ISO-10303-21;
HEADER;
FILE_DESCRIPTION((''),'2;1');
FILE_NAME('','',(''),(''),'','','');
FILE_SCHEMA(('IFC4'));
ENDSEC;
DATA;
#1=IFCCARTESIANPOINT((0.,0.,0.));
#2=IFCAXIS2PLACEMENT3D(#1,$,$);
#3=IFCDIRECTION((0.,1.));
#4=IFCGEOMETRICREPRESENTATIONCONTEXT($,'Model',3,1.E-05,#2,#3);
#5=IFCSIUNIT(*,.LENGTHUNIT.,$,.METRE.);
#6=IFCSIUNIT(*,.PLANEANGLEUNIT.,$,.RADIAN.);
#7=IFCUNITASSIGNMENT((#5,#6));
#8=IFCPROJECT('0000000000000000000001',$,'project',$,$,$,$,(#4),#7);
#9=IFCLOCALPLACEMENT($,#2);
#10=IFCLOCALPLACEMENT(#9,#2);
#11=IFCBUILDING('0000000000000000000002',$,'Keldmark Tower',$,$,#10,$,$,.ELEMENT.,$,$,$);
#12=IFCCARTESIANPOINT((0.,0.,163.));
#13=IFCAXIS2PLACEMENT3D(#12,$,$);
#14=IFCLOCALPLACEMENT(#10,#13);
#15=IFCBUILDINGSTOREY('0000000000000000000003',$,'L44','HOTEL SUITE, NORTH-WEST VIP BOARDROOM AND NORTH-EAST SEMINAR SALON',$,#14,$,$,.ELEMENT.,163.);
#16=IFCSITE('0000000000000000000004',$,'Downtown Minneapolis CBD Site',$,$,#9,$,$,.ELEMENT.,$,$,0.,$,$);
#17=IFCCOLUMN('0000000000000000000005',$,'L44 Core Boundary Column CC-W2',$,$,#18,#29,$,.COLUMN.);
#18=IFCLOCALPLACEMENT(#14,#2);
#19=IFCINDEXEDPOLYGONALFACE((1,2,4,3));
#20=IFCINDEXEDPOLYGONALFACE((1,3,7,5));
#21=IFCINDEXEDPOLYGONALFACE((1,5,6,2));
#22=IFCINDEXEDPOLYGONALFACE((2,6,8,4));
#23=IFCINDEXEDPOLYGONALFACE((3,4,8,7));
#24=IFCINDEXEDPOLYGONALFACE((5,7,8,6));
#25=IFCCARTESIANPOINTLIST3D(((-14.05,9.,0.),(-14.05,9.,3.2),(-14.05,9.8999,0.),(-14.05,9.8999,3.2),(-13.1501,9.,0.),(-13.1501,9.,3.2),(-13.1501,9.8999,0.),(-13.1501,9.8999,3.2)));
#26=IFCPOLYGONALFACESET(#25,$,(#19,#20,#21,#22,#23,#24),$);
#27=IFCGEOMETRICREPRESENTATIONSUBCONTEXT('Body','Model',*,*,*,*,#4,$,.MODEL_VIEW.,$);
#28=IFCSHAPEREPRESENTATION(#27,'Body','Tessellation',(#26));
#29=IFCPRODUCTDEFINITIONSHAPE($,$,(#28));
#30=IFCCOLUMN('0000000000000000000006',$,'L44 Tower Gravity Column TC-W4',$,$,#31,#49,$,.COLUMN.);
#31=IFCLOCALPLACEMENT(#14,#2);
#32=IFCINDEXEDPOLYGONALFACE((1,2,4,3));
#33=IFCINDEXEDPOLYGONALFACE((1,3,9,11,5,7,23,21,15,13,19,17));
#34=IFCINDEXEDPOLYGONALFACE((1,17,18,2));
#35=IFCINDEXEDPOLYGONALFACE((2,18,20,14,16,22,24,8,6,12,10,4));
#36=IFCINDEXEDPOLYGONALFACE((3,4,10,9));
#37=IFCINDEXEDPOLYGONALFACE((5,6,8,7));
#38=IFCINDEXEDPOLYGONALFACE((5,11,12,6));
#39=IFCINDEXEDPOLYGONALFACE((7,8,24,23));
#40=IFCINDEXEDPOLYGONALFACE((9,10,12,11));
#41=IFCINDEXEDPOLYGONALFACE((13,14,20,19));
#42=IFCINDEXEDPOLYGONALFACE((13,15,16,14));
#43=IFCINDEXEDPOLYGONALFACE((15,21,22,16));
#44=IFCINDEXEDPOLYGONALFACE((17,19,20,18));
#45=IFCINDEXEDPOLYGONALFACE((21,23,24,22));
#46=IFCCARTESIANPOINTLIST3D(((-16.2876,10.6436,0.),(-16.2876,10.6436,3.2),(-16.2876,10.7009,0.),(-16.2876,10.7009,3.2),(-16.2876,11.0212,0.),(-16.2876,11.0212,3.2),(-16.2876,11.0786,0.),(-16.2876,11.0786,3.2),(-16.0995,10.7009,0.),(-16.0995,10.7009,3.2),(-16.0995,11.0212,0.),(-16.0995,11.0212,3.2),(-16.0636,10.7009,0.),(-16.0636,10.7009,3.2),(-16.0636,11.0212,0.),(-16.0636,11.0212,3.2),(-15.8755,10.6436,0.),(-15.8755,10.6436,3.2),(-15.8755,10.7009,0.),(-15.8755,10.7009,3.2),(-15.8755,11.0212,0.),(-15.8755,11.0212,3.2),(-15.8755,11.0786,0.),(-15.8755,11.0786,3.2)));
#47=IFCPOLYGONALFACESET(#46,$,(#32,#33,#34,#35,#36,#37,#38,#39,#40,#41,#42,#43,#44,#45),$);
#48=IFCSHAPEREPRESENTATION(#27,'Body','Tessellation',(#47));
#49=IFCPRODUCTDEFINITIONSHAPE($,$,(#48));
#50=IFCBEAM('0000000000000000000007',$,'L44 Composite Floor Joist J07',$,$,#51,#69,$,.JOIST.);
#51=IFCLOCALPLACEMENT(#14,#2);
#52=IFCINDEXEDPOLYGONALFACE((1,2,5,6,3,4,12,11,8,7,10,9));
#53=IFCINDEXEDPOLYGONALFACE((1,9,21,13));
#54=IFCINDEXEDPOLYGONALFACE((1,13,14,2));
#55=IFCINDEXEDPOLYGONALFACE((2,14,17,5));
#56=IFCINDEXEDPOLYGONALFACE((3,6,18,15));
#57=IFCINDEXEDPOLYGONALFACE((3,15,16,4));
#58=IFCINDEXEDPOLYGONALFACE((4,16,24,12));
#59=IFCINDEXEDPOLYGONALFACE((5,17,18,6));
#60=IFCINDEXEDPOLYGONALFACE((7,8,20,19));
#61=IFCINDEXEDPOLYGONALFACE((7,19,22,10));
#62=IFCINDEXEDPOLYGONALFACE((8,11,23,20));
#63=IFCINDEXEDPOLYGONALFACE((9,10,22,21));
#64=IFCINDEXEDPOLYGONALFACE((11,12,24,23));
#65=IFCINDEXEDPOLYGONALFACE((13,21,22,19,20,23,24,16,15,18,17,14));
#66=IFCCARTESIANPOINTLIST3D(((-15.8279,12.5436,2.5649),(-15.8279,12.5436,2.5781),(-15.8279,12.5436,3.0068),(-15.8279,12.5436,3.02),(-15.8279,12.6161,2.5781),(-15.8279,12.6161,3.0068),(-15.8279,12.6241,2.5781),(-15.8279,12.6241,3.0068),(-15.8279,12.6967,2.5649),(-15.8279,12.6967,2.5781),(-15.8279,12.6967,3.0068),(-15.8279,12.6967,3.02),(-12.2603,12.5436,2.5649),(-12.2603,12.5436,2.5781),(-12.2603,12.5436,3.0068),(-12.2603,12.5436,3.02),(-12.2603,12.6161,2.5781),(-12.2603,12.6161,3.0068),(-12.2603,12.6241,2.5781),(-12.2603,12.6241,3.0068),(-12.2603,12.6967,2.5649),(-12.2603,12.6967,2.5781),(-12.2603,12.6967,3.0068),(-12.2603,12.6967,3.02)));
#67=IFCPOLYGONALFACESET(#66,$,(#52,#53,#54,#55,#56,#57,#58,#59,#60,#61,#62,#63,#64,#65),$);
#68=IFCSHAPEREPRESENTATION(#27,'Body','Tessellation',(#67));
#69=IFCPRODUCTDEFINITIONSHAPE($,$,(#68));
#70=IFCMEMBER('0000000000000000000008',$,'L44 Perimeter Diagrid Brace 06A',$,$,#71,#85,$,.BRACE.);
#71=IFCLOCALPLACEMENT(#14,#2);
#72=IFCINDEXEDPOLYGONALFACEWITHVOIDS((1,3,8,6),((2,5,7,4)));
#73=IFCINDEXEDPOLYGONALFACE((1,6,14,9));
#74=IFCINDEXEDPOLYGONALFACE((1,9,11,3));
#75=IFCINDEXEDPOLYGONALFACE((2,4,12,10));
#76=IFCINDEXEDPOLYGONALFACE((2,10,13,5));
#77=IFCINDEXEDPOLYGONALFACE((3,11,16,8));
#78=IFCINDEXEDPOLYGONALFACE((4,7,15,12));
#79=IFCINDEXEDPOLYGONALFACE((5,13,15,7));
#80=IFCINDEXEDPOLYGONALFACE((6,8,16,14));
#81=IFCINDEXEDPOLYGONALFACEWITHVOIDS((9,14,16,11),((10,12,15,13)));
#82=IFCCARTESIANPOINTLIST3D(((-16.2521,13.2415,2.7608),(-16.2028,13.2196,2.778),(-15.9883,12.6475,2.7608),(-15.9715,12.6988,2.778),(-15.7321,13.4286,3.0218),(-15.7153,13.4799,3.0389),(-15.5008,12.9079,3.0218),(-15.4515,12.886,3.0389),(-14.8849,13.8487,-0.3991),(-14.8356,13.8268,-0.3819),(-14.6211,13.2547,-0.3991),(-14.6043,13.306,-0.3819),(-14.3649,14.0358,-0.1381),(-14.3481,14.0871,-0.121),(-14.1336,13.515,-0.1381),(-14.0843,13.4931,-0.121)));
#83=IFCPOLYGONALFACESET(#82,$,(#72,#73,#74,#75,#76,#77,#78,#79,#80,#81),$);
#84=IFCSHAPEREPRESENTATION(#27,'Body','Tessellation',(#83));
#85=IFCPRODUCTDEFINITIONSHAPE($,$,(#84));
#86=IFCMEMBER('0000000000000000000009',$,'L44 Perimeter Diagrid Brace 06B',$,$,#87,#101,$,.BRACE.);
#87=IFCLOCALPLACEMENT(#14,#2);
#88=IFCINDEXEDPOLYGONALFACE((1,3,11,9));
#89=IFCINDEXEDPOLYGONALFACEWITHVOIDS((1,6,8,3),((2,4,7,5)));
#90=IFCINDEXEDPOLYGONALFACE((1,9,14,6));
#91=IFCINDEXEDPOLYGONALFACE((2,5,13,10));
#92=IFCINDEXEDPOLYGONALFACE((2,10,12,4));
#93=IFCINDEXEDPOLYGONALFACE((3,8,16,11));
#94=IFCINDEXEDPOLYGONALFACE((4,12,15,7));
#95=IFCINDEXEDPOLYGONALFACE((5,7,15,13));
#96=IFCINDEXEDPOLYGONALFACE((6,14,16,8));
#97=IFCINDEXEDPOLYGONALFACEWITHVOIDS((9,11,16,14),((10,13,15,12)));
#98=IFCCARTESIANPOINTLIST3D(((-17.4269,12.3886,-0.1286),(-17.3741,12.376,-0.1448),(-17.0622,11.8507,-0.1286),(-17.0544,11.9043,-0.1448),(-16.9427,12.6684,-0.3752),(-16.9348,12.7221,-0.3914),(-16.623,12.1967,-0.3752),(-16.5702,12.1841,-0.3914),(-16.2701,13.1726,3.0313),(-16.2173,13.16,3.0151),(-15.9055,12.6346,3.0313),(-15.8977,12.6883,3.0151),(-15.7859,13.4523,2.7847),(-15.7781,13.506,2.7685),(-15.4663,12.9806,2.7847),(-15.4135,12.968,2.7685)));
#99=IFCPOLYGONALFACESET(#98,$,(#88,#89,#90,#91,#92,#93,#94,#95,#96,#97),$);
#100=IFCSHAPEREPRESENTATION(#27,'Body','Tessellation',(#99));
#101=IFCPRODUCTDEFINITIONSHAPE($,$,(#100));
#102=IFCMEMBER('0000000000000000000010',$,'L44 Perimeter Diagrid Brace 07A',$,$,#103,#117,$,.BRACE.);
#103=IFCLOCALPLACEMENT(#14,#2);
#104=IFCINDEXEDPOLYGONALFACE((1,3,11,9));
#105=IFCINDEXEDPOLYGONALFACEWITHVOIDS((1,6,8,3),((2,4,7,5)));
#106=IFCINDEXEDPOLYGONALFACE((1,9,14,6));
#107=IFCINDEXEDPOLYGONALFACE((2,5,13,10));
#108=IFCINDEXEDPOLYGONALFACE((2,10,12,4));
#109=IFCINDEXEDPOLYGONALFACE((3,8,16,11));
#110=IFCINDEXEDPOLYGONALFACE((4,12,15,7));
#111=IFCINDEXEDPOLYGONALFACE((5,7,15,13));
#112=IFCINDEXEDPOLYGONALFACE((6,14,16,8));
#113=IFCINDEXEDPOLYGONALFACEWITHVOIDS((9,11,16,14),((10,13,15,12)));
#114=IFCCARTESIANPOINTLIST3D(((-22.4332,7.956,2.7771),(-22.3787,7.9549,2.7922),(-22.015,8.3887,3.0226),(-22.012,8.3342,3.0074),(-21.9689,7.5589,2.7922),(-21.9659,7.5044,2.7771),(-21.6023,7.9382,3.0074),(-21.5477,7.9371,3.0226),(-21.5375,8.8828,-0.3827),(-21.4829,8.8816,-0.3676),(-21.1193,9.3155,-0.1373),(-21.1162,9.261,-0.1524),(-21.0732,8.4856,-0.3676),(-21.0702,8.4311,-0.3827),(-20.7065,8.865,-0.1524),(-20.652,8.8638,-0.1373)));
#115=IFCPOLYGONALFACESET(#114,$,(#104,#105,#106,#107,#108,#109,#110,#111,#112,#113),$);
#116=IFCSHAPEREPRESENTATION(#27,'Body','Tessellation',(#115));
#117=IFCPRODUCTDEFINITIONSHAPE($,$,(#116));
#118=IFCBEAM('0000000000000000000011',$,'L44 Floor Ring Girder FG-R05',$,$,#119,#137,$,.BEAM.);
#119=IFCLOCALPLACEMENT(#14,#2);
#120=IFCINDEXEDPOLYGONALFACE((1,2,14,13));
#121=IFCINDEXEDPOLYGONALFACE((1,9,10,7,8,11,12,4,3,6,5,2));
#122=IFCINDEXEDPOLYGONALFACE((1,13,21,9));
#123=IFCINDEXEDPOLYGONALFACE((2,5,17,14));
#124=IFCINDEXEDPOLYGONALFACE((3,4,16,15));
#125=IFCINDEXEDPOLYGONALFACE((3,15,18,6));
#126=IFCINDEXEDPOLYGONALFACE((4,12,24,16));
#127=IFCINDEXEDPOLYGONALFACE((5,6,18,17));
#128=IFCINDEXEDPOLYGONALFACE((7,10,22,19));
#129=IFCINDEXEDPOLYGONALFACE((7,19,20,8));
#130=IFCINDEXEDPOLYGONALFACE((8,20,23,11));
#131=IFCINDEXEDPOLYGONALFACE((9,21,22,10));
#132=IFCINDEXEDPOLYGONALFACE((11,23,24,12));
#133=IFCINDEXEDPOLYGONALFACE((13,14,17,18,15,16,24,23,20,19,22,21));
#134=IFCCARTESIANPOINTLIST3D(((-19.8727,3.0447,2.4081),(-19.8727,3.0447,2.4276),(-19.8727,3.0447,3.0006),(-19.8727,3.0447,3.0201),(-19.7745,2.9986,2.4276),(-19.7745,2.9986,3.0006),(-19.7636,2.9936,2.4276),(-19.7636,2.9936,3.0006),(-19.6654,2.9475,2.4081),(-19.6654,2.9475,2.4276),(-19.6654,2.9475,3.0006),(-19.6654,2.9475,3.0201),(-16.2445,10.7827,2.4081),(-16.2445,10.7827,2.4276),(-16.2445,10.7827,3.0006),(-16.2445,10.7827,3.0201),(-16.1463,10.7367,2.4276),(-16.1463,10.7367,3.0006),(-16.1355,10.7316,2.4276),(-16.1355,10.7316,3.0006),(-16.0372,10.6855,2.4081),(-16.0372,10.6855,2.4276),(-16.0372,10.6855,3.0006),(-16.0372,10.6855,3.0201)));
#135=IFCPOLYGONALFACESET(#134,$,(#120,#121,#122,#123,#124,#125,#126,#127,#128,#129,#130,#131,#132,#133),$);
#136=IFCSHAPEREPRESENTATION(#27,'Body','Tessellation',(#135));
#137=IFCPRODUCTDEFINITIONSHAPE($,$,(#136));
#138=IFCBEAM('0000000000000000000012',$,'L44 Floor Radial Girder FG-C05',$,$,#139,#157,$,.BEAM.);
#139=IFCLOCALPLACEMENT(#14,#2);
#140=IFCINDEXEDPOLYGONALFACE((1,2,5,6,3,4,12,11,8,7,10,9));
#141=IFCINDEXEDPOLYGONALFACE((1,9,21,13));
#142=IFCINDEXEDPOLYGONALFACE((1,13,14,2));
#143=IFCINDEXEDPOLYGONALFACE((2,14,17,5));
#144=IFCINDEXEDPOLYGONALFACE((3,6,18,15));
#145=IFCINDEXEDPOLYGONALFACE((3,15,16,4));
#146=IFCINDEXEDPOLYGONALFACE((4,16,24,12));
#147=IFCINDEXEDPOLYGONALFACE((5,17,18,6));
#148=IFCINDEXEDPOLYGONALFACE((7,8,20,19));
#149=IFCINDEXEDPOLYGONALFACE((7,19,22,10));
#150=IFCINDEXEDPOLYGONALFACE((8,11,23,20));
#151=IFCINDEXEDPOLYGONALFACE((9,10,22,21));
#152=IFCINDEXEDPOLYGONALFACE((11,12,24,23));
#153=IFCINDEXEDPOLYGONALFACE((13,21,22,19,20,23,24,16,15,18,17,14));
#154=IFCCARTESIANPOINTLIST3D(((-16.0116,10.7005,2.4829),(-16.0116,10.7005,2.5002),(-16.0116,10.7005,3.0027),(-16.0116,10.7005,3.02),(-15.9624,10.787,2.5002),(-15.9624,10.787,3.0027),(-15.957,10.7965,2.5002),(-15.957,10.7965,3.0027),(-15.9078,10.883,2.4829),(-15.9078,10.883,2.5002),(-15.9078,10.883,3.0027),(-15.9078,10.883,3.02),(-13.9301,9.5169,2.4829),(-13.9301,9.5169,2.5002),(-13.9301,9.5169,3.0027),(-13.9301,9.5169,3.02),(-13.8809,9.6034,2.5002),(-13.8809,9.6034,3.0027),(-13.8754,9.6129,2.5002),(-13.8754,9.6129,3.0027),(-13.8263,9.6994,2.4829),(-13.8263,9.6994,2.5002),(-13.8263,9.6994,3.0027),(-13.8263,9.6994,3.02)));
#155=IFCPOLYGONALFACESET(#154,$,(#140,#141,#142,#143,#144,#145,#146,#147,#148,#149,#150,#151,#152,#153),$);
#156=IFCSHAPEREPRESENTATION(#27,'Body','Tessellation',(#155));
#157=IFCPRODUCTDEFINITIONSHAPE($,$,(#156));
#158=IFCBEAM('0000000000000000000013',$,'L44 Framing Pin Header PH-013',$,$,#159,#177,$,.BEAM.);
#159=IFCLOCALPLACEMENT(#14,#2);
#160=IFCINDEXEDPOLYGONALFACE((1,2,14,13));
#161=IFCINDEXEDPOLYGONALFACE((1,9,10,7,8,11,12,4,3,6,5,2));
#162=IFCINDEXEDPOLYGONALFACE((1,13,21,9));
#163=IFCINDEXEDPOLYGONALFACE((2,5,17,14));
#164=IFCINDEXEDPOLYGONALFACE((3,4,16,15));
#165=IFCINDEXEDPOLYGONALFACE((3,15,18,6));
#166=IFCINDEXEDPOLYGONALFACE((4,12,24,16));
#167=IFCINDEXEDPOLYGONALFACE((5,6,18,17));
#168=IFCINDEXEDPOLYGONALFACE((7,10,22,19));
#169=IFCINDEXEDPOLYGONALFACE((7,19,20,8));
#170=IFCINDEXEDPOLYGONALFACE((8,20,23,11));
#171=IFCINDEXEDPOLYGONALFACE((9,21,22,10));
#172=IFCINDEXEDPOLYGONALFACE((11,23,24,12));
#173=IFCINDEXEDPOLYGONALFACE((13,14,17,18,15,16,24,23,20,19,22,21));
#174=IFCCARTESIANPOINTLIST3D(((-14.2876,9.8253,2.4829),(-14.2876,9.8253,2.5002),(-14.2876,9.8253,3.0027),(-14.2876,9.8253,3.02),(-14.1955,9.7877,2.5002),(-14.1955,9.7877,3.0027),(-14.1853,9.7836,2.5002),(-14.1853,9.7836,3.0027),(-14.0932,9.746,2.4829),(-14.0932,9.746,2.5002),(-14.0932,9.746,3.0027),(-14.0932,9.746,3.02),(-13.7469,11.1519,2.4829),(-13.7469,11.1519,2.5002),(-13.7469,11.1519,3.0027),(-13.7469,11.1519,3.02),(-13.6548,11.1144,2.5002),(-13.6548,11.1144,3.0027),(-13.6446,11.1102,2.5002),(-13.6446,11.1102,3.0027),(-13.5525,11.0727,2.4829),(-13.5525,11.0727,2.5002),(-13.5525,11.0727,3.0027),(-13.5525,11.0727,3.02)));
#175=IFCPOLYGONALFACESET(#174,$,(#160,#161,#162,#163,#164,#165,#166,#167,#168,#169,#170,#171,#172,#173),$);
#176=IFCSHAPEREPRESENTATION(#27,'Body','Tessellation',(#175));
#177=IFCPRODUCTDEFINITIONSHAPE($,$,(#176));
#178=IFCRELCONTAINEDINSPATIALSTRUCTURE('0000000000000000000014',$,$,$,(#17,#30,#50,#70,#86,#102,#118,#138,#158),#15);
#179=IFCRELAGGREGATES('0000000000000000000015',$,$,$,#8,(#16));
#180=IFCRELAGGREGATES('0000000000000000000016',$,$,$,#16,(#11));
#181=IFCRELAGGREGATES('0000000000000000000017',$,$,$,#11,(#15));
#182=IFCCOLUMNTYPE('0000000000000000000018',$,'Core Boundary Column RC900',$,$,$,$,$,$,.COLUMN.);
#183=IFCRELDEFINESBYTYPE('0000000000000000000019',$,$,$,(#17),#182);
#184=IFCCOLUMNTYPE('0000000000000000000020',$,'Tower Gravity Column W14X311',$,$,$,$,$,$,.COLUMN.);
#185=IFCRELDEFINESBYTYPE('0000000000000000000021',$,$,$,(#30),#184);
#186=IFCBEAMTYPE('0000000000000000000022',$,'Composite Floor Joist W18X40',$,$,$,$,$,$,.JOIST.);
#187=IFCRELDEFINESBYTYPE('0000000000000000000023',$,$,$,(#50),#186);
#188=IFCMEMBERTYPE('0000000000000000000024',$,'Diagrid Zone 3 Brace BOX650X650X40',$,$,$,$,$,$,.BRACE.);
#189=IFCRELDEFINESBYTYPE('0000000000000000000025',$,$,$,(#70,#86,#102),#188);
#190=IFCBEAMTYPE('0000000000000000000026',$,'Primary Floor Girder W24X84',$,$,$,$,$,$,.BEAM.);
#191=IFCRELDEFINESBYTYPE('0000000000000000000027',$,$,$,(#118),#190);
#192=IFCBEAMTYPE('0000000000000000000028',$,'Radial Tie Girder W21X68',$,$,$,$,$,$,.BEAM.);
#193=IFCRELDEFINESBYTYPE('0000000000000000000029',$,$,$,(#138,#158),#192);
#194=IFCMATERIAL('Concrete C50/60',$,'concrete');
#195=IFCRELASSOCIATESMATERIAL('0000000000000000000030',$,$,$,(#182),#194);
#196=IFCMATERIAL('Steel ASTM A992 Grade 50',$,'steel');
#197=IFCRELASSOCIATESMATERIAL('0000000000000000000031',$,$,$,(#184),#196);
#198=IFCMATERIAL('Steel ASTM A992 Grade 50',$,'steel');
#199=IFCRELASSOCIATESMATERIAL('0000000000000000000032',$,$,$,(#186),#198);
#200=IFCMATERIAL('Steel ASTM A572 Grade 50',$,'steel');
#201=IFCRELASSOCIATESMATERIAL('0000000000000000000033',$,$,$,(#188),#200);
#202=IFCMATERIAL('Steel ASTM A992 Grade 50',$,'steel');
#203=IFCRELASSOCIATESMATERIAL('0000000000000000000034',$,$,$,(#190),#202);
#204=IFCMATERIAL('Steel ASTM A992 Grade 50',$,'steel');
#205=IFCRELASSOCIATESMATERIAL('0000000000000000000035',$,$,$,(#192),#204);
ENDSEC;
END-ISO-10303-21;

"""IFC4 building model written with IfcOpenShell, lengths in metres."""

from ifc_helpers import new_model, si_unit, direction, frame, origin, origin_2d, place, context, subcontext, project, spatial, rectangle, hollow_rectangle, i_section, extrude, material, material_profile, profile_set, type_object, element, save


model = new_model("IFC4")

# Units and contexts
model_context = context("Model", 3, precision=1e-05, world=origin(), true_north=direction((0.0, 1.0)))
body_context = subcontext(model_context, "Body", "Model", "MODEL_VIEW")
ifc_project = project(units=[si_unit("LENGTHUNIT", "METRE"), si_unit("PLANEANGLEUNIT", "RADIAN")], contexts=[model_context])

# Site, building, storey
site_placement = place(None, origin())
site = spatial("IfcSite", under=ifc_project, at=site_placement, Name="Downtown Minneapolis CBD Site", CompositionType="ELEMENT", RefElevation=0.0)
building_placement = place(site_placement, origin())
building = spatial("IfcBuilding", under=site, at=building_placement, Name="Keldmark Tower", CompositionType="ELEMENT")
storey_placement = place(building_placement, frame((0.0, 0.0, 163.0)))
storey = spatial("IfcBuildingStorey", under=building, at=storey_placement, Name="L44", Description="HOTEL SUITE, NORTH-WEST VIP BOARDROOM AND NORTH-EAST SEMINAR SALON", CompositionType="ELEMENT", Elevation=163.0)

# Columns
ifc_material_1 = material(Name="Concrete C50/60", Category="concrete")
ifc_material_profile_1 = material_profile(ifc_material_1, rectangle(XDim=0.8999, YDim=0.8999, at=origin_2d()), Name="RC900X900")
ifc_profile_set_1 = profile_set([ifc_material_profile_1], Name="Concrete C50/60")
column_type_1 = type_object("IfcColumnType", Name="Core Boundary Column RC900", PredefinedType="COLUMN", material=ifc_profile_set_1)
column_1_placement = place(storey_placement, frame((-13.6001, 9.45, 0.0), z_axis=(0.0, 0.0, 1.0), x_axis=(1.0, 0.0, 0.0)))
element("IfcColumn", 1, at=column_1_placement, inside=storey, type_object=column_type_1, Name="L44 Core Boundary Column CC-W2", PredefinedType="COLUMN", context=body_context, shape_type="SweptSolid", body=[
    extrude(rectangle(XDim=0.8999, YDim=0.8999, at=origin_2d()), origin(), (0.0, 0.0, 1.0), 3.2),
])
ifc_material_2 = material(Name="Steel ASTM A992 Grade 50", Category="steel")
ifc_material_profile_2 = material_profile(ifc_material_2, i_section(OverallWidth=0.4121, OverallDepth=0.4351, WebThickness=0.0359, FlangeThickness=0.0574, at=origin_2d()), Name="W14X311")
ifc_profile_set_2 = profile_set([ifc_material_profile_2], Name="Steel ASTM A992 Grade 50")
column_type_2 = type_object("IfcColumnType", Name="Tower Gravity Column W14X311", PredefinedType="COLUMN", material=ifc_profile_set_2)
column_2_placement = place(storey_placement, frame((-16.0815, 10.8611, 0.0), z_axis=(0.0, 0.0, 1.0), x_axis=(1.0, 0.0, 0.0)))
element("IfcColumn", 2, at=column_2_placement, inside=storey, type_object=column_type_2, Name="L44 Tower Gravity Column TC-W4", PredefinedType="COLUMN", context=body_context, shape_type="SweptSolid", body=[
    extrude(i_section(OverallWidth=0.4121, OverallDepth=0.4351, WebThickness=0.0359, FlangeThickness=0.0574, at=origin_2d()), origin(), (0.0, 0.0, 1.0), 3.2),
])

# Beam
ifc_material_3 = material(Name="Steel ASTM A992 Grade 50", Category="steel")
ifc_material_profile_3 = material_profile(ifc_material_3, i_section(OverallWidth=0.1531, OverallDepth=0.4551, WebThickness=0.0081, FlangeThickness=0.0132, at=origin_2d()), Name="W18X40")
ifc_profile_set_3 = profile_set([ifc_material_profile_3], Name="Steel ASTM A992 Grade 50")
beam_type_1 = type_object("IfcBeamType", Name="Composite Floor Joist W18X40", PredefinedType="JOIST", material=ifc_profile_set_3)
beam_1_placement = place(storey_placement, frame((-15.8279, 12.6201, 2.7925), z_axis=(1.0, 0.0, 0.0), x_axis=(0.0, 1.0, 0.0)))
element("IfcBeam", 3, at=beam_1_placement, inside=storey, type_object=beam_type_1, Name="L44 Composite Floor Joist J07", PredefinedType="JOIST", context=body_context, shape_type="SweptSolid", body=[
    extrude(i_section(OverallWidth=0.1531, OverallDepth=0.4551, WebThickness=0.0081, FlangeThickness=0.0132, at=origin_2d()), origin(), (0.0, 0.0, 1.0), 3.5676),
])

# Members
ifc_material_4 = material(Name="Steel ASTM A572 Grade 50", Category="steel")
ifc_material_profile_4 = material_profile(ifc_material_4, hollow_rectangle(XDim=0.6499, YDim=0.6499, WallThickness=0.04, at=origin_2d()), Name="BOX650X650X40")
ifc_profile_set_4 = profile_set([ifc_material_profile_4], Name="Steel ASTM A572 Grade 50")
member_type = type_object("IfcMemberType", Name="Diagrid Zone 3 Brace BOX650X650X40", PredefinedType="BRACE", material=ifc_profile_set_4)
member_1_placement = place(storey_placement, frame((-14.4846, 13.6709, -0.26), z_axis=(-0.391058, -0.173671, 0.903832), x_axis=(0.405881, -0.913926, 0.0)))
element("IfcMember", 4, at=member_1_placement, inside=storey, type_object=member_type, Name="L44 Perimeter Diagrid Brace 06A", PredefinedType="BRACE", context=body_context, shape_type="SweptSolid", body=[
    extrude(hollow_rectangle(XDim=0.6499, YDim=0.6499, WallThickness=0.04, at=origin_2d()), origin(), (0.0, 0.0, 1.0), 3.4961),
])
member_2_placement = place(storey_placement, frame((-16.9985, 12.2864, -0.26), z_axis=(0.334793, 0.226893, 0.914567), x_axis=(-0.561014, 0.827806, 0.0)))
element("IfcMember", 5, at=member_2_placement, inside=storey, type_object=member_type, Name="L44 Perimeter Diagrid Brace 06B", PredefinedType="BRACE", context=body_context, shape_type="SweptSolid", body=[
    extrude(hollow_rectangle(XDim=0.6499, YDim=0.6499, WallThickness=0.04, at=origin_2d()), origin(), (0.0, 0.0, 1.0), 3.4551),
])
member_3_placement = place(storey_placement, frame((-21.0947, 8.8733, -0.26), z_axis=(-0.262479, -0.271564, 0.925936), x_axis=(0.719033, -0.694976, 0.0)))
element("IfcMember", 6, at=member_3_placement, inside=storey, type_object=member_type, Name="L44 Perimeter Diagrid Brace 07A", PredefinedType="BRACE", context=body_context, shape_type="SweptSolid", body=[
    extrude(hollow_rectangle(XDim=0.6499, YDim=0.6499, WallThickness=0.04, at=origin_2d()), origin(), (0.0, 0.0, 1.0), 3.4126),
])

# Beams
ifc_material_5 = material(Name="Steel ASTM A992 Grade 50", Category="steel")
ifc_material_profile_5 = material_profile(ifc_material_5, i_section(OverallWidth=0.229, OverallDepth=0.6121, WebThickness=0.012, FlangeThickness=0.0195, at=origin_2d()), Name="W24X84")
ifc_profile_set_5 = profile_set([ifc_material_profile_5], Name="Steel ASTM A992 Grade 50")
beam_type_2 = type_object("IfcBeamType", Name="Primary Floor Girder W24X84", PredefinedType="BEAM", material=ifc_profile_set_5)
beam_2_placement = place(storey_placement, frame((-16.1409, 10.7341, 2.7141), z_axis=(-0.424527, -0.905415, 0.0), x_axis=(0.905415, -0.424527, 0.0)))
element("IfcBeam", 7, at=beam_2_placement, inside=storey, type_object=beam_type_2, Name="L44 Floor Ring Girder FG-R05", PredefinedType="BEAM", context=body_context, shape_type="SweptSolid", body=[
    extrude(i_section(OverallWidth=0.229, OverallDepth=0.6121, WebThickness=0.012, FlangeThickness=0.0195, at=origin_2d()), origin(), (0.0, 0.0, 1.0), 8.5464),
])
ifc_material_6 = material(Name="Steel ASTM A992 Grade 50", Category="steel")
ifc_material_profile_6 = material_profile(ifc_material_6, i_section(OverallWidth=0.21, OverallDepth=0.5371, WebThickness=0.011, FlangeThickness=0.0173, at=origin_2d()), Name="W21X68")
ifc_profile_set_6 = profile_set([ifc_material_profile_6], Name="Steel ASTM A992 Grade 50")
beam_type_3 = type_object("IfcBeamType", Name="Radial Tie Girder W21X68", PredefinedType="BEAM", material=ifc_profile_set_6)
beam_3_placement = place(storey_placement, frame((-15.9597, 10.7917, 2.7515), z_axis=(0.869295, -0.494293, 0.0), x_axis=(0.494293, 0.869295, 0.0)))
element("IfcBeam", 8, at=beam_3_placement, inside=storey, type_object=beam_type_3, Name="L44 Floor Radial Girder FG-C05", PredefinedType="BEAM", context=body_context, shape_type="SweptSolid", body=[
    extrude(i_section(OverallWidth=0.21, OverallDepth=0.5371, WebThickness=0.011, FlangeThickness=0.0173, at=origin_2d()), origin(), (0.0, 0.0, 1.0), 2.3945),
])
beam_4_placement = place(storey_placement, frame((-14.1904, 9.7856, 2.7515), z_axis=(0.377465, 0.926024, 0.0), x_axis=(-0.926024, 0.377465, 0.0)))
element("IfcBeam", 9, at=beam_4_placement, inside=storey, type_object=beam_type_3, Name="L44 Framing Pin Header PH-013", PredefinedType="BEAM", context=body_context, shape_type="SweptSolid", body=[
    extrude(i_section(OverallWidth=0.21, OverallDepth=0.5371, WebThickness=0.011, FlangeThickness=0.0173, at=origin_2d()), origin(), (0.0, 0.0, 1.0), 1.4326),
])

save(model, "model.ifc")
